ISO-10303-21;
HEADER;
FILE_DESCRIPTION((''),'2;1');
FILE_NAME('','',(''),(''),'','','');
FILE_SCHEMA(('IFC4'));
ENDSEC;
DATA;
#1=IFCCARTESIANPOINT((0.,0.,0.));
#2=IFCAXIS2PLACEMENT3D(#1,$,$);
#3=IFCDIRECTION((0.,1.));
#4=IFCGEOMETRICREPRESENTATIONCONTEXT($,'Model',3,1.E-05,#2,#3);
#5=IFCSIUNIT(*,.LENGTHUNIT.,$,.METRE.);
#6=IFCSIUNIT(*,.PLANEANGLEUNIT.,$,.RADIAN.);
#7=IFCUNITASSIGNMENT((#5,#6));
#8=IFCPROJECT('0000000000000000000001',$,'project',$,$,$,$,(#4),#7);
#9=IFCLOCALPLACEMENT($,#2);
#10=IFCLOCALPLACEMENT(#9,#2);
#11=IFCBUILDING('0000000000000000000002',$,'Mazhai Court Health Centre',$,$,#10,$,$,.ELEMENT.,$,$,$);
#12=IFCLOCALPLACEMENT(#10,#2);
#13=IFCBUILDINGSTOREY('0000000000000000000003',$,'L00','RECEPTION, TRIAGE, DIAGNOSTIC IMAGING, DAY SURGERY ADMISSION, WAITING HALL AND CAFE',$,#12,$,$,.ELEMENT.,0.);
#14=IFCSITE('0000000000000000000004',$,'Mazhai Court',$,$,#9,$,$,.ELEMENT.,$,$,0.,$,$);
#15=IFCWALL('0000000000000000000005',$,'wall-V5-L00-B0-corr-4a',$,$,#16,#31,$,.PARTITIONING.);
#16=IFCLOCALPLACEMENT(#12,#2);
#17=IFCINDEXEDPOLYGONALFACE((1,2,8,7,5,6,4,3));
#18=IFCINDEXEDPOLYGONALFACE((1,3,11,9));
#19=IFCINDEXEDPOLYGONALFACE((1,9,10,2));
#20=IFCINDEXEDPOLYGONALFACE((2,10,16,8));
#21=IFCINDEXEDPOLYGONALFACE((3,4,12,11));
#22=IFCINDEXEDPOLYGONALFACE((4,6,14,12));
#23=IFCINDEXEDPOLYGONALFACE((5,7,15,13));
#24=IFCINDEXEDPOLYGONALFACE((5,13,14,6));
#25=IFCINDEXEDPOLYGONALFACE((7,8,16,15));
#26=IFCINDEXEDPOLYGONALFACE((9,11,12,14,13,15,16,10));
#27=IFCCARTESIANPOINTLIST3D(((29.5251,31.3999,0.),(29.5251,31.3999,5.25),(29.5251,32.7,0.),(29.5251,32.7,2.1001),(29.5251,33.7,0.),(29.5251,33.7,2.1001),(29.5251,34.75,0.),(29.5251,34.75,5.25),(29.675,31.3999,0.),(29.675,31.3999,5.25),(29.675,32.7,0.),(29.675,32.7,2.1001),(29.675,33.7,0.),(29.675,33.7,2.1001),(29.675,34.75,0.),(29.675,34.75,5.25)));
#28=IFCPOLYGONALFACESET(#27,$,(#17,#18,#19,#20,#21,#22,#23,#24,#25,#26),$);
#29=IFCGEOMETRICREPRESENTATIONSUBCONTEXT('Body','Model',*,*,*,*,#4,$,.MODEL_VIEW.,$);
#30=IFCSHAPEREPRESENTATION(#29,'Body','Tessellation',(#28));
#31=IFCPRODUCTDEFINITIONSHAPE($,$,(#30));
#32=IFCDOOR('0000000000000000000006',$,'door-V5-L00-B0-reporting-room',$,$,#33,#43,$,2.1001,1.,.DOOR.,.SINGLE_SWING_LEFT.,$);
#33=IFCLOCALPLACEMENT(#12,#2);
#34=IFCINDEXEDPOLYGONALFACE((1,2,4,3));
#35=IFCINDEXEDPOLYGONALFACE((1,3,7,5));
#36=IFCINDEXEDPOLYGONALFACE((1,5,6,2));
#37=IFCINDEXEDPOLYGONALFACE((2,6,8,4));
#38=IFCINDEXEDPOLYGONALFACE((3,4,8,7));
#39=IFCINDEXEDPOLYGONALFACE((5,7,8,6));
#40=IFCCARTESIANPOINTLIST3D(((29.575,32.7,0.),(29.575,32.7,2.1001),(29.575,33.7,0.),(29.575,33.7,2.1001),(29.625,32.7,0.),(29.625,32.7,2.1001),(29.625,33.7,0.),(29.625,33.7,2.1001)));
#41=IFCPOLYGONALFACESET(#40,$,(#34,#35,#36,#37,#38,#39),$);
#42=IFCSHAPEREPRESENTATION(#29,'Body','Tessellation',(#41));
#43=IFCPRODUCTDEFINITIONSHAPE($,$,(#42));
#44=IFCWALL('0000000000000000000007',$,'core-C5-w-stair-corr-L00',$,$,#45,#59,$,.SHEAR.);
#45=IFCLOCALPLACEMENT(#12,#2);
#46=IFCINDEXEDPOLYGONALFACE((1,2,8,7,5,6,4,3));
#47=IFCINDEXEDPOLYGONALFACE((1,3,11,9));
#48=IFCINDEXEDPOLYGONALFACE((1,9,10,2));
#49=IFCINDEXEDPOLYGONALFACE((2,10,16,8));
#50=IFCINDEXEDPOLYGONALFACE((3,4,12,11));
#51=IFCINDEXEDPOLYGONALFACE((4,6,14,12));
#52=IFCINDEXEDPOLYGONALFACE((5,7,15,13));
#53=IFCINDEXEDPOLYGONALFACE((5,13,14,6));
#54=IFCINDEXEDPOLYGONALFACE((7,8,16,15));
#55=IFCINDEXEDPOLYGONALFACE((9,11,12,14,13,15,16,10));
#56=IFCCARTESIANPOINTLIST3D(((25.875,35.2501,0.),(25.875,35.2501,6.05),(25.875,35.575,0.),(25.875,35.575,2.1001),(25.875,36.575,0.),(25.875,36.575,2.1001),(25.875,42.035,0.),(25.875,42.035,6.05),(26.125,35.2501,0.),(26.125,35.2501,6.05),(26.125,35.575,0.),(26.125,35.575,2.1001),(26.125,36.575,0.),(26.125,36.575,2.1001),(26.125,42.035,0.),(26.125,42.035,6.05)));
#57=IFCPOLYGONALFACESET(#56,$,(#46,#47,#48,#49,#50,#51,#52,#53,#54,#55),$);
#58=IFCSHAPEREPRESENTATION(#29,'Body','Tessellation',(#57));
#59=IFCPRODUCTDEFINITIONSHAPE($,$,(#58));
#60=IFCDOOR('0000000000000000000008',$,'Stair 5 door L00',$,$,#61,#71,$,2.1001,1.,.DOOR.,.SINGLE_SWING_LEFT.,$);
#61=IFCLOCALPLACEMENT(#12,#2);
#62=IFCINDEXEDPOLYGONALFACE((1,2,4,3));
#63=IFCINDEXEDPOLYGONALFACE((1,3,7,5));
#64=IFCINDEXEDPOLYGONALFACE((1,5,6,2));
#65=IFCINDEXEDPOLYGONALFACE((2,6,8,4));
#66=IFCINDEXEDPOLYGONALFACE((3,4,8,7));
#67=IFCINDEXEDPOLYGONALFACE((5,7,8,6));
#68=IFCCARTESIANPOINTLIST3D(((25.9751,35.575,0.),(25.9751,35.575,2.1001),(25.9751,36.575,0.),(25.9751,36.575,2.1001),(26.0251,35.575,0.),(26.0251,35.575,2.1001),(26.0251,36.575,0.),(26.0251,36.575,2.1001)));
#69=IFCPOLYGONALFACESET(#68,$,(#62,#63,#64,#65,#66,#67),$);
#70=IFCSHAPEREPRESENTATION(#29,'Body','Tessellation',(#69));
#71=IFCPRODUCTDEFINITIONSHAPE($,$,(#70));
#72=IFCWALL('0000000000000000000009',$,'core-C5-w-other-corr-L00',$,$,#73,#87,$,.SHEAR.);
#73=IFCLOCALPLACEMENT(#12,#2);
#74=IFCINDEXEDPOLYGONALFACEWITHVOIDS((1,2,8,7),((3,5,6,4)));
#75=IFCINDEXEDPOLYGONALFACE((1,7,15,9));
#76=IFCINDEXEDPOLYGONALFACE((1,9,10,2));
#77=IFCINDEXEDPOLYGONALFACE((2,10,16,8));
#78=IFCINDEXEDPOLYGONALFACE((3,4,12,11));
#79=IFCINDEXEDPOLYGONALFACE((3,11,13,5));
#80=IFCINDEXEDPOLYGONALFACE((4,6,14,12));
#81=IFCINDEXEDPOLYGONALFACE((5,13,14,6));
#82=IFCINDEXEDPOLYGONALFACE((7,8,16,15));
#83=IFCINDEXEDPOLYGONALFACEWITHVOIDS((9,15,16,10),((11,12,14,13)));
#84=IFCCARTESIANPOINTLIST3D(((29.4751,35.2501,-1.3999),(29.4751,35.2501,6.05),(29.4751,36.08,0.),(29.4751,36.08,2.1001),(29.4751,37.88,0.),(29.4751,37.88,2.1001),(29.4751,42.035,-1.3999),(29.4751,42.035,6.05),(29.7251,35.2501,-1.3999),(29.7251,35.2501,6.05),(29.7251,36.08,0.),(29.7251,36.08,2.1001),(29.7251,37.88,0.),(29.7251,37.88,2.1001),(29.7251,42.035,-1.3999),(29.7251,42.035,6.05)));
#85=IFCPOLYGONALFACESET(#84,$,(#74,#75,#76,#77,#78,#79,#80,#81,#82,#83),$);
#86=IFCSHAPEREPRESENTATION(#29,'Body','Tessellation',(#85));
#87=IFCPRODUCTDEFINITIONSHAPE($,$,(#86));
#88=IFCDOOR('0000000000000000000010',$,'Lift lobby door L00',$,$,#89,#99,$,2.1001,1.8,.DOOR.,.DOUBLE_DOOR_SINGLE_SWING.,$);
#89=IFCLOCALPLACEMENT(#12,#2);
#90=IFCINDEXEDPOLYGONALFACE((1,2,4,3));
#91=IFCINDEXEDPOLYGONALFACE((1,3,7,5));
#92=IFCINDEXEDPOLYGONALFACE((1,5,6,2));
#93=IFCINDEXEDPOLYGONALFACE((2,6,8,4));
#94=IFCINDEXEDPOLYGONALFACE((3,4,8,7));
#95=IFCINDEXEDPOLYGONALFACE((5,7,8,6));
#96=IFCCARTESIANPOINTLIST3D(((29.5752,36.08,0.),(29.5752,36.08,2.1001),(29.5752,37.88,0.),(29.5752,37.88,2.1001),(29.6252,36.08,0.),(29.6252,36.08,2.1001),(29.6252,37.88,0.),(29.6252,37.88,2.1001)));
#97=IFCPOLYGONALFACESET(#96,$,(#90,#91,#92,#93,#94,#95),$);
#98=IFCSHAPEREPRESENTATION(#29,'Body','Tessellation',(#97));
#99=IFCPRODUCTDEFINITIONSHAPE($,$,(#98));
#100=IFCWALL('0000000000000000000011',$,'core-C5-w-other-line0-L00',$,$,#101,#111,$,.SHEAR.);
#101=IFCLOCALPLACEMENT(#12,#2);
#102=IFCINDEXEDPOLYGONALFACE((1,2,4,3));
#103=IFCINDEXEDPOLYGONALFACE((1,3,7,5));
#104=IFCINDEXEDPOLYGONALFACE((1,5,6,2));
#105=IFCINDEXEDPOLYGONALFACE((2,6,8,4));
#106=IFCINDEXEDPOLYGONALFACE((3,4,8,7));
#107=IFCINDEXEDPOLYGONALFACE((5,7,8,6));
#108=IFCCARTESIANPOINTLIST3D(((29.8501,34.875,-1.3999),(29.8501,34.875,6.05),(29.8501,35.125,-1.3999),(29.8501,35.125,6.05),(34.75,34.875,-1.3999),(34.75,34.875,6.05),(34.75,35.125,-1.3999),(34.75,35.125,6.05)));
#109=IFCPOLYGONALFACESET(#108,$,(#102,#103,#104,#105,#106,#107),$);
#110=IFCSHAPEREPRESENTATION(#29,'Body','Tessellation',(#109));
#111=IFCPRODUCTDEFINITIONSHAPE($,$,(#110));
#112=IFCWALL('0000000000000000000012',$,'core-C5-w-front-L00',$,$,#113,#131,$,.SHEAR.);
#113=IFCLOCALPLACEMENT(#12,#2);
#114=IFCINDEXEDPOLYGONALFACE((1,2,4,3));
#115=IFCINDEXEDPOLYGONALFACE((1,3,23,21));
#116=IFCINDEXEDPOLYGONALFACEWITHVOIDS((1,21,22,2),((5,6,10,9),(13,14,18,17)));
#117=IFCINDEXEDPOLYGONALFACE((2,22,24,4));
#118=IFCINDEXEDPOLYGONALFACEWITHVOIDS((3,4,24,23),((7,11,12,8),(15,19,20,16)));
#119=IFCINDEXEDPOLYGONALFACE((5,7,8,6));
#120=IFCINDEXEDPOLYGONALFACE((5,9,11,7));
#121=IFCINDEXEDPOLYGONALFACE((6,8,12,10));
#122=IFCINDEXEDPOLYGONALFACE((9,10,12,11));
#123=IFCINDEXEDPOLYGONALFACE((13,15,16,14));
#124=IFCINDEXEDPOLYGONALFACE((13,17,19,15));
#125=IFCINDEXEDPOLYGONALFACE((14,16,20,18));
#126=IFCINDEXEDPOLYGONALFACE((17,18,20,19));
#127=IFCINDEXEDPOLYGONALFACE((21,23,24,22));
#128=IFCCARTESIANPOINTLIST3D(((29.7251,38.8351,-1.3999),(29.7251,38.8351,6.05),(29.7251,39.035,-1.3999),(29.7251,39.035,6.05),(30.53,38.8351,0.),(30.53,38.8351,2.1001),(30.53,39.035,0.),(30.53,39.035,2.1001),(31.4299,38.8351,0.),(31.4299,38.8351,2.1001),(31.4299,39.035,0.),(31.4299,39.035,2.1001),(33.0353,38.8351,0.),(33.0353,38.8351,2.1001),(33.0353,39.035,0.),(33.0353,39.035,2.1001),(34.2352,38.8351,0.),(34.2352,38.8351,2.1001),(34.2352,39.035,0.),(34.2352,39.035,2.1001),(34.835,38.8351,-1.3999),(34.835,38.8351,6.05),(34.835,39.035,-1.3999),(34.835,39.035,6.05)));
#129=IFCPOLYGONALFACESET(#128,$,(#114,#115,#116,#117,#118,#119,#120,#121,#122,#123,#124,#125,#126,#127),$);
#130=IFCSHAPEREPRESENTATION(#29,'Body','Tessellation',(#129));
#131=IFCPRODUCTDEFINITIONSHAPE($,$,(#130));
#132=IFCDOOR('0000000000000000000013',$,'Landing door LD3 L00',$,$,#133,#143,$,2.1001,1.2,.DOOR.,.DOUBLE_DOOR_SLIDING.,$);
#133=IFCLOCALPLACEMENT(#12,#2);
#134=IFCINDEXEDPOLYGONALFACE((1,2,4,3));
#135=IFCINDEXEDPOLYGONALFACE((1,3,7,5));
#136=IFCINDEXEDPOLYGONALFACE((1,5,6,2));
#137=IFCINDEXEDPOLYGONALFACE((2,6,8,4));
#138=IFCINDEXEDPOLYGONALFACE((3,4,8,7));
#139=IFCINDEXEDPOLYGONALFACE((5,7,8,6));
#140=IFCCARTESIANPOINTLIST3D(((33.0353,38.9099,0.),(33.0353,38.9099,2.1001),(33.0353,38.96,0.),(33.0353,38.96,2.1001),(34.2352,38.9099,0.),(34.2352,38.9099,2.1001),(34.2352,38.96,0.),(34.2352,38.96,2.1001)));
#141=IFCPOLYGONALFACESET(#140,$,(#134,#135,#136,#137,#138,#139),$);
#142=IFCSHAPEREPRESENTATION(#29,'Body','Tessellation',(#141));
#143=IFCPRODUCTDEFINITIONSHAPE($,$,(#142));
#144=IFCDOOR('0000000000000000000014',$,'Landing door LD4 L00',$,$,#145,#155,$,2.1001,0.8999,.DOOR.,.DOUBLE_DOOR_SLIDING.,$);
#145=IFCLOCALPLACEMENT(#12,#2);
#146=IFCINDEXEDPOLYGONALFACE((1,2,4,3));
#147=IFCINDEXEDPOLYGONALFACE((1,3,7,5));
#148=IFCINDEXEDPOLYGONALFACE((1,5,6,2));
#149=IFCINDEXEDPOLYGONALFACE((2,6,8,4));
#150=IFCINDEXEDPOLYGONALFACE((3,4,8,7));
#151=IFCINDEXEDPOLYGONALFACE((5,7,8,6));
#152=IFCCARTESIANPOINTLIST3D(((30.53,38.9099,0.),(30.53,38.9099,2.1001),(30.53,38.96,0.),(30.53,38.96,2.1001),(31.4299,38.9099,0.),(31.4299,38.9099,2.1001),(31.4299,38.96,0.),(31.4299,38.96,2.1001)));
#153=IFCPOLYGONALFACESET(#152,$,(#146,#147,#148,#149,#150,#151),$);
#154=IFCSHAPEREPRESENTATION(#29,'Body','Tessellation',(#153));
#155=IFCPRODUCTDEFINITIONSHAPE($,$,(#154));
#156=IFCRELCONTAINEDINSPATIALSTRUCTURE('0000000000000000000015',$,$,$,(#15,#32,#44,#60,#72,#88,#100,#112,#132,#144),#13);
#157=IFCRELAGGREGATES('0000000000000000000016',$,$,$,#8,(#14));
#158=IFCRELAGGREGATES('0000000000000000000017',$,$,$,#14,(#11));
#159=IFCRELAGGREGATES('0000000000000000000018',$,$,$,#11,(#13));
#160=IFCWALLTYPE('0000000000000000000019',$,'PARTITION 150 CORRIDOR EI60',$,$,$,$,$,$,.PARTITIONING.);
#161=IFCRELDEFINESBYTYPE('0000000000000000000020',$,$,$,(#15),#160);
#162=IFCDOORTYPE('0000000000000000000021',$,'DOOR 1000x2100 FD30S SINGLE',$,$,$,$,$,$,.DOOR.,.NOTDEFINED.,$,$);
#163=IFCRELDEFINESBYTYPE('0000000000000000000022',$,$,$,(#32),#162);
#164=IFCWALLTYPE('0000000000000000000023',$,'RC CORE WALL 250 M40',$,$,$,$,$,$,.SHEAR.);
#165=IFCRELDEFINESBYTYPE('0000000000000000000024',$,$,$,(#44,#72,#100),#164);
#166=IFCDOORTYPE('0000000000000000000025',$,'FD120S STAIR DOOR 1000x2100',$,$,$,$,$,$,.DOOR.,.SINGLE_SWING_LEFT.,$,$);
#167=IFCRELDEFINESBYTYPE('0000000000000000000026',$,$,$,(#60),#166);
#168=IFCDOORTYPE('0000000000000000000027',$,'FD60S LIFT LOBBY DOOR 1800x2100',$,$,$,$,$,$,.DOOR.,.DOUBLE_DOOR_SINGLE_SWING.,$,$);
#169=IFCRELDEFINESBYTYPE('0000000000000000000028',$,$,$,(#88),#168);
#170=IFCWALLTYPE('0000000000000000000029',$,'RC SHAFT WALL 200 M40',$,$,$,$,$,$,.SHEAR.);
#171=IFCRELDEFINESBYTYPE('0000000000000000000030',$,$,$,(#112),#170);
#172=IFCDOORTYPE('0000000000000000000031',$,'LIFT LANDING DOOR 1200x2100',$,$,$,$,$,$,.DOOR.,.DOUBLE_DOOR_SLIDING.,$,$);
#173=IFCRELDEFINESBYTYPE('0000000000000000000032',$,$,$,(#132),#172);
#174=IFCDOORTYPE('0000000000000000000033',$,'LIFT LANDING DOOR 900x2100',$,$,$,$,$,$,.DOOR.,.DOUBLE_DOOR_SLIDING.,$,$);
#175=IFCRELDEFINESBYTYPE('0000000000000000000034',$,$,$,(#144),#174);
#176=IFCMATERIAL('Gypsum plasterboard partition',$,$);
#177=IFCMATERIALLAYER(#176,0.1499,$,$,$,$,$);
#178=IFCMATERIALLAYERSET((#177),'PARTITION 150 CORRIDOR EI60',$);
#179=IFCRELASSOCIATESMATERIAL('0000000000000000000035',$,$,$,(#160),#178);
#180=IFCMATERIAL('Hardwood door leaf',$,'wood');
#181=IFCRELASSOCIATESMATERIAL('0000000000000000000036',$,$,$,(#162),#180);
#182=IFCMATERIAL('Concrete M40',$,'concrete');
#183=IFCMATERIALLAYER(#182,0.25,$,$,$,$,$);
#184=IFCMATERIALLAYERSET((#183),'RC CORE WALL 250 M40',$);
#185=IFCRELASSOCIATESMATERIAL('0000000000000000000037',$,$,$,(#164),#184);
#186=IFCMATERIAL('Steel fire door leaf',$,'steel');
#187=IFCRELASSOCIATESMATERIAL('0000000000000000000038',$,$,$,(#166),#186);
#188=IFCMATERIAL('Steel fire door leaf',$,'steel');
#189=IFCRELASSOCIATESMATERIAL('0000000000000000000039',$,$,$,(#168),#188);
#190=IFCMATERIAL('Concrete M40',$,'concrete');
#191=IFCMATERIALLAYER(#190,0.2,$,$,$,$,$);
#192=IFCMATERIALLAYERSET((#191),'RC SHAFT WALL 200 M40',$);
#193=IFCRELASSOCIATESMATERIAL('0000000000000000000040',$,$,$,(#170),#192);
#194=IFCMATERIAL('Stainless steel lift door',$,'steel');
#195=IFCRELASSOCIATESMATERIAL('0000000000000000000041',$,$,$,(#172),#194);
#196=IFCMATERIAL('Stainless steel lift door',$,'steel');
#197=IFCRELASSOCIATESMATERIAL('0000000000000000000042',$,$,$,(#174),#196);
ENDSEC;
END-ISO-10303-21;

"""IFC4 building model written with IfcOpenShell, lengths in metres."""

from ifc_helpers import new_model, si_unit, direction, frame, frame_2d, origin, place, context, subcontext, project, spatial, rectangle, extrude, material, layer, layer_set, type_object, element, fill, save


model = new_model("IFC4")

# Units and contexts
model_context = context("Model", 3, precision=1e-05, world=origin(), true_north=direction((0.0, 1.0)))
body_context = subcontext(model_context, "Body", "Model", "MODEL_VIEW")
ifc_project = project(units=[si_unit("LENGTHUNIT", "METRE"), si_unit("PLANEANGLEUNIT", "RADIAN")], contexts=[model_context])

# Site, building, storey
site_placement = place(None, origin())
site = spatial("IfcSite", under=ifc_project, at=site_placement, Name="Mazhai Court", CompositionType="ELEMENT", RefElevation=0.0)
building_placement = place(site_placement, origin())
building = spatial("IfcBuilding", under=site, at=building_placement, Name="Mazhai Court Health Centre", CompositionType="ELEMENT")
storey_placement = place(building_placement, origin())
storey = spatial("IfcBuildingStorey", under=building, at=storey_placement, Name="L00", Description="RECEPTION, TRIAGE, DIAGNOSTIC IMAGING, DAY SURGERY ADMISSION, WAITING HALL AND CAFE", CompositionType="ELEMENT", Elevation=0.0)

# Walls, openings, doors
ifc_material_1 = material(Name="Gypsum plasterboard partition")
ifc_layer_1 = layer(ifc_material_1, 0.1499)
ifc_layer_set_1 = layer_set([ifc_layer_1], Name="PARTITION 150 CORRIDOR EI60")
wall_type_1 = type_object("IfcWallType", Name="PARTITION 150 CORRIDOR EI60", PredefinedType="PARTITIONING", material=ifc_layer_set_1)
wall_1_placement = place(storey_placement, frame((29.6001, 34.75, 0.0), z_axis=(0.0, 0.0, 1.0), x_axis=(0.0, -1.0, 0.0)))
wall_1 = element("IfcWall", 1, at=wall_1_placement, inside=storey, type_object=wall_type_1, Name="wall-V5-L00-B0-corr-4a", PredefinedType="PARTITIONING", context=body_context, shape_type="SweptSolid", body=[
    extrude(rectangle(XDim=3.3501, YDim=0.1499, at=frame_2d((1.675, 0.0))), origin(), (0.0, 0.0, 1.0), 5.25),
])
opening_1_placement = place(wall_1_placement, frame((1.05, 0.0, 0.0)))
opening_1 = element("IfcOpeningElement", 2, at=opening_1_placement, cuts=wall_1, PredefinedType="OPENING", context=body_context, shape_type="SweptSolid", body=[
    extrude(rectangle(XDim=1.0, YDim=2.1001, at=frame_2d((0.5, 1.05))), frame((0.0, 0.085, 0.0), z_axis=(0.0, -1.0, 0.0), x_axis=(1.0, 0.0, 0.0)), (0.0, 0.0, 1.0), 0.1699),
])
ifc_material_2 = material(Name="Hardwood door leaf", Category="wood")
door_type_1 = type_object("IfcDoorType", Name="DOOR 1000x2100 FD30S SINGLE", OperationType="NOTDEFINED", PredefinedType="DOOR", material=ifc_material_2)
door_1_placement = place(opening_1_placement, origin())
door_1 = element("IfcDoor", 3, at=door_1_placement, inside=storey, type_object=door_type_1, Name="door-V5-L00-B0-reporting-room", OperationType="SINGLE_SWING_LEFT", OverallHeight=2.1001, OverallWidth=1.0, PredefinedType="DOOR", context=body_context, shape_type="SweptSolid", body=[
    extrude(rectangle(XDim=1.0, YDim=2.1001, at=frame_2d((0.5, 1.05))), frame((0.0, 0.0249, 0.0), z_axis=(0.0, -1.0, 0.0), x_axis=(1.0, 0.0, 0.0)), (0.0, 0.0, 1.0), 0.05),
])
fill(opening_1, door_1)
ifc_material_3 = material(Name="Concrete M40", Category="concrete")
ifc_layer_2 = layer(ifc_material_3, 0.25)
ifc_layer_set_2 = layer_set([ifc_layer_2], Name="RC CORE WALL 250 M40")
wall_type_2 = type_object("IfcWallType", Name="RC CORE WALL 250 M40", PredefinedType="SHEAR", material=ifc_layer_set_2)
wall_2_placement = place(storey_placement, frame((26.0, 35.25, 0.0), z_axis=(0.0, 0.0, 1.0), x_axis=(0.0, 1.0, 0.0)))
wall_2 = element("IfcWall", 4, at=wall_2_placement, inside=storey, type_object=wall_type_2, Name="core-C5-w-stair-corr-L00", PredefinedType="SHEAR", context=body_context, shape_type="SweptSolid", body=[
    extrude(rectangle(XDim=6.7849, YDim=0.25, at=frame_2d((3.3926, 0.0))), origin(), (0.0, 0.0, 1.0), 6.05),
])
opening_2_placement = place(wall_2_placement, frame((0.325, 0.0, 0.0)))
opening_2 = element("IfcOpeningElement", 5, at=opening_2_placement, cuts=wall_2, PredefinedType="OPENING", context=body_context, shape_type="SweptSolid", body=[
    extrude(rectangle(XDim=1.0, YDim=2.1001, at=frame_2d((0.5, 1.05))), frame((0.0, 0.135, 0.0), z_axis=(0.0, -1.0, 0.0), x_axis=(1.0, 0.0, 0.0)), (0.0, 0.0, 1.0), 0.27),
])
ifc_material_4 = material(Name="Steel fire door leaf", Category="steel")
door_type_2 = type_object("IfcDoorType", Name="FD120S STAIR DOOR 1000x2100", OperationType="SINGLE_SWING_LEFT", PredefinedType="DOOR", material=ifc_material_4)
door_2_placement = place(opening_2_placement, origin())
door_2 = element("IfcDoor", 6, at=door_2_placement, inside=storey, type_object=door_type_2, Name="Stair 5 door L00", OperationType="SINGLE_SWING_LEFT", OverallHeight=2.1001, OverallWidth=1.0, PredefinedType="DOOR", context=body_context, shape_type="SweptSolid", body=[
    extrude(rectangle(XDim=1.0, YDim=2.1001, at=frame_2d((0.5, 1.05))), frame((0.0, 0.0249, 0.0), z_axis=(0.0, -1.0, 0.0), x_axis=(1.0, 0.0, 0.0)), (0.0, 0.0, 1.0), 0.05),
])
fill(opening_2, door_2)
wall_3_placement = place(storey_placement, frame((29.6001, 35.25, -1.3999), z_axis=(0.0, 0.0, 1.0), x_axis=(0.0, 1.0, 0.0)))
wall_3 = element("IfcWall", 7, at=wall_3_placement, inside=storey, type_object=wall_type_2, Name="core-C5-w-other-corr-L00", PredefinedType="SHEAR", context=body_context, shape_type="SweptSolid", body=[
    extrude(rectangle(XDim=6.7849, YDim=0.25, at=frame_2d((3.3926, 0.0))), origin(), (0.0, 0.0, 1.0), 7.45),
])
opening_3_placement = place(wall_3_placement, frame((0.8301, 0.0, 1.3999)))
opening_3 = element("IfcOpeningElement", 8, at=opening_3_placement, cuts=wall_3, PredefinedType="OPENING", context=body_context, shape_type="SweptSolid", body=[
    extrude(rectangle(XDim=1.8, YDim=2.1001, at=frame_2d((0.8999, 1.05))), frame((0.0, 0.135, 0.0), z_axis=(0.0, -1.0, 0.0), x_axis=(1.0, 0.0, 0.0)), (0.0, 0.0, 1.0), 0.27),
])
ifc_material_5 = material(Name="Steel fire door leaf", Category="steel")
door_type_3 = type_object("IfcDoorType", Name="FD60S LIFT LOBBY DOOR 1800x2100", OperationType="DOUBLE_DOOR_SINGLE_SWING", PredefinedType="DOOR", material=ifc_material_5)
door_3_placement = place(opening_3_placement, origin())
door_3 = element("IfcDoor", 9, at=door_3_placement, inside=storey, type_object=door_type_3, Name="Lift lobby door L00", OperationType="DOUBLE_DOOR_SINGLE_SWING", OverallHeight=2.1001, OverallWidth=1.8, PredefinedType="DOOR", context=body_context, shape_type="SweptSolid", body=[
    extrude(rectangle(XDim=1.8, YDim=2.1001, at=frame_2d((0.8999, 1.05))), frame((0.0, 0.0249, 0.0), z_axis=(0.0, -1.0, 0.0), x_axis=(1.0, 0.0, 0.0)), (0.0, 0.0, 1.0), 0.05),
])
fill(opening_3, door_3)

# Wall
wall_4_placement = place(storey_placement, frame((29.8501, 35.0, -1.3999), z_axis=(0.0, 0.0, 1.0), x_axis=(1.0, 0.0, 0.0)))
element("IfcWall", 10, at=wall_4_placement, inside=storey, type_object=wall_type_2, Name="core-C5-w-other-line0-L00", PredefinedType="SHEAR", context=body_context, shape_type="SweptSolid", body=[
    extrude(rectangle(XDim=4.8999, YDim=0.25, at=frame_2d((2.45, 0.0))), origin(), (0.0, 0.0, 1.0), 7.45),
])

# Wall, openings, doors
ifc_material_6 = material(Name="Concrete M40", Category="concrete")
ifc_layer_3 = layer(ifc_material_6, 0.2)
ifc_layer_set_3 = layer_set([ifc_layer_3], Name="RC SHAFT WALL 200 M40")
wall_type_3 = type_object("IfcWallType", Name="RC SHAFT WALL 200 M40", PredefinedType="SHEAR", material=ifc_layer_set_3)
wall_5_placement = place(storey_placement, frame((29.7251, 38.9351, -1.3999), z_axis=(0.0, 0.0, 1.0), x_axis=(1.0, 0.0, 0.0)))
wall_5 = element("IfcWall", 11, at=wall_5_placement, inside=storey, type_object=wall_type_3, Name="core-C5-w-front-L00", PredefinedType="SHEAR", context=body_context, shape_type="SweptSolid", body=[
    extrude(rectangle(XDim=5.1099, YDim=0.2, at=frame_2d((2.5549, 0.0))), origin(), (0.0, 0.0, 1.0), 7.45),
])
opening_4_placement = place(wall_5_placement, frame((3.3101, 0.0, 1.3999)))
opening_4 = element("IfcOpeningElement", 12, at=opening_4_placement, cuts=wall_5, PredefinedType="OPENING", context=body_context, shape_type="SweptSolid", body=[
    extrude(rectangle(XDim=1.2, YDim=2.1001, at=frame_2d((0.6001, 1.05))), frame((0.0, 0.1099, 0.0), z_axis=(0.0, -1.0, 0.0), x_axis=(1.0, 0.0, 0.0)), (0.0, 0.0, 1.0), 0.22),
])
opening_5_placement = place(wall_5_placement, frame((0.8049, 0.0, 1.3999)))
opening_5 = element("IfcOpeningElement", 13, at=opening_5_placement, cuts=wall_5, PredefinedType="OPENING", context=body_context, shape_type="SweptSolid", body=[
    extrude(rectangle(XDim=0.8999, YDim=2.1001, at=frame_2d((0.45, 1.05))), frame((0.0, 0.1099, 0.0), z_axis=(0.0, -1.0, 0.0), x_axis=(1.0, 0.0, 0.0)), (0.0, 0.0, 1.0), 0.22),
])
ifc_material_7 = material(Name="Stainless steel lift door", Category="steel")
door_type_4 = type_object("IfcDoorType", Name="LIFT LANDING DOOR 1200x2100", OperationType="DOUBLE_DOOR_SLIDING", PredefinedType="DOOR", material=ifc_material_7)
door_4_placement = place(opening_4_placement, origin())
door_4 = element("IfcDoor", 14, at=door_4_placement, inside=storey, type_object=door_type_4, Name="Landing door LD3 L00", OperationType="DOUBLE_DOOR_SLIDING", OverallHeight=2.1001, OverallWidth=1.2, PredefinedType="DOOR", context=body_context, shape_type="SweptSolid", body=[
    extrude(rectangle(XDim=1.2, YDim=2.1001, at=frame_2d((0.6001, 1.05))), frame((0.0, 0.0249, 0.0), z_axis=(0.0, -1.0, 0.0), x_axis=(1.0, 0.0, 0.0)), (0.0, 0.0, 1.0), 0.05),
])
fill(opening_4, door_4)
ifc_material_8 = material(Name="Stainless steel lift door", Category="steel")
door_type_5 = type_object("IfcDoorType", Name="LIFT LANDING DOOR 900x2100", OperationType="DOUBLE_DOOR_SLIDING", PredefinedType="DOOR", material=ifc_material_8)
door_5_placement = place(opening_5_placement, origin())
door_5 = element("IfcDoor", 15, at=door_5_placement, inside=storey, type_object=door_type_5, Name="Landing door LD4 L00", OperationType="DOUBLE_DOOR_SLIDING", OverallHeight=2.1001, OverallWidth=0.8999, PredefinedType="DOOR", context=body_context, shape_type="SweptSolid", body=[
    extrude(rectangle(XDim=0.8999, YDim=2.1001, at=frame_2d((0.45, 1.05))), frame((0.0, 0.0249, 0.0), z_axis=(0.0, -1.0, 0.0), x_axis=(1.0, 0.0, 0.0)), (0.0, 0.0, 1.0), 0.05),
])
fill(opening_5, door_5)

save(model, "model.ifc")
